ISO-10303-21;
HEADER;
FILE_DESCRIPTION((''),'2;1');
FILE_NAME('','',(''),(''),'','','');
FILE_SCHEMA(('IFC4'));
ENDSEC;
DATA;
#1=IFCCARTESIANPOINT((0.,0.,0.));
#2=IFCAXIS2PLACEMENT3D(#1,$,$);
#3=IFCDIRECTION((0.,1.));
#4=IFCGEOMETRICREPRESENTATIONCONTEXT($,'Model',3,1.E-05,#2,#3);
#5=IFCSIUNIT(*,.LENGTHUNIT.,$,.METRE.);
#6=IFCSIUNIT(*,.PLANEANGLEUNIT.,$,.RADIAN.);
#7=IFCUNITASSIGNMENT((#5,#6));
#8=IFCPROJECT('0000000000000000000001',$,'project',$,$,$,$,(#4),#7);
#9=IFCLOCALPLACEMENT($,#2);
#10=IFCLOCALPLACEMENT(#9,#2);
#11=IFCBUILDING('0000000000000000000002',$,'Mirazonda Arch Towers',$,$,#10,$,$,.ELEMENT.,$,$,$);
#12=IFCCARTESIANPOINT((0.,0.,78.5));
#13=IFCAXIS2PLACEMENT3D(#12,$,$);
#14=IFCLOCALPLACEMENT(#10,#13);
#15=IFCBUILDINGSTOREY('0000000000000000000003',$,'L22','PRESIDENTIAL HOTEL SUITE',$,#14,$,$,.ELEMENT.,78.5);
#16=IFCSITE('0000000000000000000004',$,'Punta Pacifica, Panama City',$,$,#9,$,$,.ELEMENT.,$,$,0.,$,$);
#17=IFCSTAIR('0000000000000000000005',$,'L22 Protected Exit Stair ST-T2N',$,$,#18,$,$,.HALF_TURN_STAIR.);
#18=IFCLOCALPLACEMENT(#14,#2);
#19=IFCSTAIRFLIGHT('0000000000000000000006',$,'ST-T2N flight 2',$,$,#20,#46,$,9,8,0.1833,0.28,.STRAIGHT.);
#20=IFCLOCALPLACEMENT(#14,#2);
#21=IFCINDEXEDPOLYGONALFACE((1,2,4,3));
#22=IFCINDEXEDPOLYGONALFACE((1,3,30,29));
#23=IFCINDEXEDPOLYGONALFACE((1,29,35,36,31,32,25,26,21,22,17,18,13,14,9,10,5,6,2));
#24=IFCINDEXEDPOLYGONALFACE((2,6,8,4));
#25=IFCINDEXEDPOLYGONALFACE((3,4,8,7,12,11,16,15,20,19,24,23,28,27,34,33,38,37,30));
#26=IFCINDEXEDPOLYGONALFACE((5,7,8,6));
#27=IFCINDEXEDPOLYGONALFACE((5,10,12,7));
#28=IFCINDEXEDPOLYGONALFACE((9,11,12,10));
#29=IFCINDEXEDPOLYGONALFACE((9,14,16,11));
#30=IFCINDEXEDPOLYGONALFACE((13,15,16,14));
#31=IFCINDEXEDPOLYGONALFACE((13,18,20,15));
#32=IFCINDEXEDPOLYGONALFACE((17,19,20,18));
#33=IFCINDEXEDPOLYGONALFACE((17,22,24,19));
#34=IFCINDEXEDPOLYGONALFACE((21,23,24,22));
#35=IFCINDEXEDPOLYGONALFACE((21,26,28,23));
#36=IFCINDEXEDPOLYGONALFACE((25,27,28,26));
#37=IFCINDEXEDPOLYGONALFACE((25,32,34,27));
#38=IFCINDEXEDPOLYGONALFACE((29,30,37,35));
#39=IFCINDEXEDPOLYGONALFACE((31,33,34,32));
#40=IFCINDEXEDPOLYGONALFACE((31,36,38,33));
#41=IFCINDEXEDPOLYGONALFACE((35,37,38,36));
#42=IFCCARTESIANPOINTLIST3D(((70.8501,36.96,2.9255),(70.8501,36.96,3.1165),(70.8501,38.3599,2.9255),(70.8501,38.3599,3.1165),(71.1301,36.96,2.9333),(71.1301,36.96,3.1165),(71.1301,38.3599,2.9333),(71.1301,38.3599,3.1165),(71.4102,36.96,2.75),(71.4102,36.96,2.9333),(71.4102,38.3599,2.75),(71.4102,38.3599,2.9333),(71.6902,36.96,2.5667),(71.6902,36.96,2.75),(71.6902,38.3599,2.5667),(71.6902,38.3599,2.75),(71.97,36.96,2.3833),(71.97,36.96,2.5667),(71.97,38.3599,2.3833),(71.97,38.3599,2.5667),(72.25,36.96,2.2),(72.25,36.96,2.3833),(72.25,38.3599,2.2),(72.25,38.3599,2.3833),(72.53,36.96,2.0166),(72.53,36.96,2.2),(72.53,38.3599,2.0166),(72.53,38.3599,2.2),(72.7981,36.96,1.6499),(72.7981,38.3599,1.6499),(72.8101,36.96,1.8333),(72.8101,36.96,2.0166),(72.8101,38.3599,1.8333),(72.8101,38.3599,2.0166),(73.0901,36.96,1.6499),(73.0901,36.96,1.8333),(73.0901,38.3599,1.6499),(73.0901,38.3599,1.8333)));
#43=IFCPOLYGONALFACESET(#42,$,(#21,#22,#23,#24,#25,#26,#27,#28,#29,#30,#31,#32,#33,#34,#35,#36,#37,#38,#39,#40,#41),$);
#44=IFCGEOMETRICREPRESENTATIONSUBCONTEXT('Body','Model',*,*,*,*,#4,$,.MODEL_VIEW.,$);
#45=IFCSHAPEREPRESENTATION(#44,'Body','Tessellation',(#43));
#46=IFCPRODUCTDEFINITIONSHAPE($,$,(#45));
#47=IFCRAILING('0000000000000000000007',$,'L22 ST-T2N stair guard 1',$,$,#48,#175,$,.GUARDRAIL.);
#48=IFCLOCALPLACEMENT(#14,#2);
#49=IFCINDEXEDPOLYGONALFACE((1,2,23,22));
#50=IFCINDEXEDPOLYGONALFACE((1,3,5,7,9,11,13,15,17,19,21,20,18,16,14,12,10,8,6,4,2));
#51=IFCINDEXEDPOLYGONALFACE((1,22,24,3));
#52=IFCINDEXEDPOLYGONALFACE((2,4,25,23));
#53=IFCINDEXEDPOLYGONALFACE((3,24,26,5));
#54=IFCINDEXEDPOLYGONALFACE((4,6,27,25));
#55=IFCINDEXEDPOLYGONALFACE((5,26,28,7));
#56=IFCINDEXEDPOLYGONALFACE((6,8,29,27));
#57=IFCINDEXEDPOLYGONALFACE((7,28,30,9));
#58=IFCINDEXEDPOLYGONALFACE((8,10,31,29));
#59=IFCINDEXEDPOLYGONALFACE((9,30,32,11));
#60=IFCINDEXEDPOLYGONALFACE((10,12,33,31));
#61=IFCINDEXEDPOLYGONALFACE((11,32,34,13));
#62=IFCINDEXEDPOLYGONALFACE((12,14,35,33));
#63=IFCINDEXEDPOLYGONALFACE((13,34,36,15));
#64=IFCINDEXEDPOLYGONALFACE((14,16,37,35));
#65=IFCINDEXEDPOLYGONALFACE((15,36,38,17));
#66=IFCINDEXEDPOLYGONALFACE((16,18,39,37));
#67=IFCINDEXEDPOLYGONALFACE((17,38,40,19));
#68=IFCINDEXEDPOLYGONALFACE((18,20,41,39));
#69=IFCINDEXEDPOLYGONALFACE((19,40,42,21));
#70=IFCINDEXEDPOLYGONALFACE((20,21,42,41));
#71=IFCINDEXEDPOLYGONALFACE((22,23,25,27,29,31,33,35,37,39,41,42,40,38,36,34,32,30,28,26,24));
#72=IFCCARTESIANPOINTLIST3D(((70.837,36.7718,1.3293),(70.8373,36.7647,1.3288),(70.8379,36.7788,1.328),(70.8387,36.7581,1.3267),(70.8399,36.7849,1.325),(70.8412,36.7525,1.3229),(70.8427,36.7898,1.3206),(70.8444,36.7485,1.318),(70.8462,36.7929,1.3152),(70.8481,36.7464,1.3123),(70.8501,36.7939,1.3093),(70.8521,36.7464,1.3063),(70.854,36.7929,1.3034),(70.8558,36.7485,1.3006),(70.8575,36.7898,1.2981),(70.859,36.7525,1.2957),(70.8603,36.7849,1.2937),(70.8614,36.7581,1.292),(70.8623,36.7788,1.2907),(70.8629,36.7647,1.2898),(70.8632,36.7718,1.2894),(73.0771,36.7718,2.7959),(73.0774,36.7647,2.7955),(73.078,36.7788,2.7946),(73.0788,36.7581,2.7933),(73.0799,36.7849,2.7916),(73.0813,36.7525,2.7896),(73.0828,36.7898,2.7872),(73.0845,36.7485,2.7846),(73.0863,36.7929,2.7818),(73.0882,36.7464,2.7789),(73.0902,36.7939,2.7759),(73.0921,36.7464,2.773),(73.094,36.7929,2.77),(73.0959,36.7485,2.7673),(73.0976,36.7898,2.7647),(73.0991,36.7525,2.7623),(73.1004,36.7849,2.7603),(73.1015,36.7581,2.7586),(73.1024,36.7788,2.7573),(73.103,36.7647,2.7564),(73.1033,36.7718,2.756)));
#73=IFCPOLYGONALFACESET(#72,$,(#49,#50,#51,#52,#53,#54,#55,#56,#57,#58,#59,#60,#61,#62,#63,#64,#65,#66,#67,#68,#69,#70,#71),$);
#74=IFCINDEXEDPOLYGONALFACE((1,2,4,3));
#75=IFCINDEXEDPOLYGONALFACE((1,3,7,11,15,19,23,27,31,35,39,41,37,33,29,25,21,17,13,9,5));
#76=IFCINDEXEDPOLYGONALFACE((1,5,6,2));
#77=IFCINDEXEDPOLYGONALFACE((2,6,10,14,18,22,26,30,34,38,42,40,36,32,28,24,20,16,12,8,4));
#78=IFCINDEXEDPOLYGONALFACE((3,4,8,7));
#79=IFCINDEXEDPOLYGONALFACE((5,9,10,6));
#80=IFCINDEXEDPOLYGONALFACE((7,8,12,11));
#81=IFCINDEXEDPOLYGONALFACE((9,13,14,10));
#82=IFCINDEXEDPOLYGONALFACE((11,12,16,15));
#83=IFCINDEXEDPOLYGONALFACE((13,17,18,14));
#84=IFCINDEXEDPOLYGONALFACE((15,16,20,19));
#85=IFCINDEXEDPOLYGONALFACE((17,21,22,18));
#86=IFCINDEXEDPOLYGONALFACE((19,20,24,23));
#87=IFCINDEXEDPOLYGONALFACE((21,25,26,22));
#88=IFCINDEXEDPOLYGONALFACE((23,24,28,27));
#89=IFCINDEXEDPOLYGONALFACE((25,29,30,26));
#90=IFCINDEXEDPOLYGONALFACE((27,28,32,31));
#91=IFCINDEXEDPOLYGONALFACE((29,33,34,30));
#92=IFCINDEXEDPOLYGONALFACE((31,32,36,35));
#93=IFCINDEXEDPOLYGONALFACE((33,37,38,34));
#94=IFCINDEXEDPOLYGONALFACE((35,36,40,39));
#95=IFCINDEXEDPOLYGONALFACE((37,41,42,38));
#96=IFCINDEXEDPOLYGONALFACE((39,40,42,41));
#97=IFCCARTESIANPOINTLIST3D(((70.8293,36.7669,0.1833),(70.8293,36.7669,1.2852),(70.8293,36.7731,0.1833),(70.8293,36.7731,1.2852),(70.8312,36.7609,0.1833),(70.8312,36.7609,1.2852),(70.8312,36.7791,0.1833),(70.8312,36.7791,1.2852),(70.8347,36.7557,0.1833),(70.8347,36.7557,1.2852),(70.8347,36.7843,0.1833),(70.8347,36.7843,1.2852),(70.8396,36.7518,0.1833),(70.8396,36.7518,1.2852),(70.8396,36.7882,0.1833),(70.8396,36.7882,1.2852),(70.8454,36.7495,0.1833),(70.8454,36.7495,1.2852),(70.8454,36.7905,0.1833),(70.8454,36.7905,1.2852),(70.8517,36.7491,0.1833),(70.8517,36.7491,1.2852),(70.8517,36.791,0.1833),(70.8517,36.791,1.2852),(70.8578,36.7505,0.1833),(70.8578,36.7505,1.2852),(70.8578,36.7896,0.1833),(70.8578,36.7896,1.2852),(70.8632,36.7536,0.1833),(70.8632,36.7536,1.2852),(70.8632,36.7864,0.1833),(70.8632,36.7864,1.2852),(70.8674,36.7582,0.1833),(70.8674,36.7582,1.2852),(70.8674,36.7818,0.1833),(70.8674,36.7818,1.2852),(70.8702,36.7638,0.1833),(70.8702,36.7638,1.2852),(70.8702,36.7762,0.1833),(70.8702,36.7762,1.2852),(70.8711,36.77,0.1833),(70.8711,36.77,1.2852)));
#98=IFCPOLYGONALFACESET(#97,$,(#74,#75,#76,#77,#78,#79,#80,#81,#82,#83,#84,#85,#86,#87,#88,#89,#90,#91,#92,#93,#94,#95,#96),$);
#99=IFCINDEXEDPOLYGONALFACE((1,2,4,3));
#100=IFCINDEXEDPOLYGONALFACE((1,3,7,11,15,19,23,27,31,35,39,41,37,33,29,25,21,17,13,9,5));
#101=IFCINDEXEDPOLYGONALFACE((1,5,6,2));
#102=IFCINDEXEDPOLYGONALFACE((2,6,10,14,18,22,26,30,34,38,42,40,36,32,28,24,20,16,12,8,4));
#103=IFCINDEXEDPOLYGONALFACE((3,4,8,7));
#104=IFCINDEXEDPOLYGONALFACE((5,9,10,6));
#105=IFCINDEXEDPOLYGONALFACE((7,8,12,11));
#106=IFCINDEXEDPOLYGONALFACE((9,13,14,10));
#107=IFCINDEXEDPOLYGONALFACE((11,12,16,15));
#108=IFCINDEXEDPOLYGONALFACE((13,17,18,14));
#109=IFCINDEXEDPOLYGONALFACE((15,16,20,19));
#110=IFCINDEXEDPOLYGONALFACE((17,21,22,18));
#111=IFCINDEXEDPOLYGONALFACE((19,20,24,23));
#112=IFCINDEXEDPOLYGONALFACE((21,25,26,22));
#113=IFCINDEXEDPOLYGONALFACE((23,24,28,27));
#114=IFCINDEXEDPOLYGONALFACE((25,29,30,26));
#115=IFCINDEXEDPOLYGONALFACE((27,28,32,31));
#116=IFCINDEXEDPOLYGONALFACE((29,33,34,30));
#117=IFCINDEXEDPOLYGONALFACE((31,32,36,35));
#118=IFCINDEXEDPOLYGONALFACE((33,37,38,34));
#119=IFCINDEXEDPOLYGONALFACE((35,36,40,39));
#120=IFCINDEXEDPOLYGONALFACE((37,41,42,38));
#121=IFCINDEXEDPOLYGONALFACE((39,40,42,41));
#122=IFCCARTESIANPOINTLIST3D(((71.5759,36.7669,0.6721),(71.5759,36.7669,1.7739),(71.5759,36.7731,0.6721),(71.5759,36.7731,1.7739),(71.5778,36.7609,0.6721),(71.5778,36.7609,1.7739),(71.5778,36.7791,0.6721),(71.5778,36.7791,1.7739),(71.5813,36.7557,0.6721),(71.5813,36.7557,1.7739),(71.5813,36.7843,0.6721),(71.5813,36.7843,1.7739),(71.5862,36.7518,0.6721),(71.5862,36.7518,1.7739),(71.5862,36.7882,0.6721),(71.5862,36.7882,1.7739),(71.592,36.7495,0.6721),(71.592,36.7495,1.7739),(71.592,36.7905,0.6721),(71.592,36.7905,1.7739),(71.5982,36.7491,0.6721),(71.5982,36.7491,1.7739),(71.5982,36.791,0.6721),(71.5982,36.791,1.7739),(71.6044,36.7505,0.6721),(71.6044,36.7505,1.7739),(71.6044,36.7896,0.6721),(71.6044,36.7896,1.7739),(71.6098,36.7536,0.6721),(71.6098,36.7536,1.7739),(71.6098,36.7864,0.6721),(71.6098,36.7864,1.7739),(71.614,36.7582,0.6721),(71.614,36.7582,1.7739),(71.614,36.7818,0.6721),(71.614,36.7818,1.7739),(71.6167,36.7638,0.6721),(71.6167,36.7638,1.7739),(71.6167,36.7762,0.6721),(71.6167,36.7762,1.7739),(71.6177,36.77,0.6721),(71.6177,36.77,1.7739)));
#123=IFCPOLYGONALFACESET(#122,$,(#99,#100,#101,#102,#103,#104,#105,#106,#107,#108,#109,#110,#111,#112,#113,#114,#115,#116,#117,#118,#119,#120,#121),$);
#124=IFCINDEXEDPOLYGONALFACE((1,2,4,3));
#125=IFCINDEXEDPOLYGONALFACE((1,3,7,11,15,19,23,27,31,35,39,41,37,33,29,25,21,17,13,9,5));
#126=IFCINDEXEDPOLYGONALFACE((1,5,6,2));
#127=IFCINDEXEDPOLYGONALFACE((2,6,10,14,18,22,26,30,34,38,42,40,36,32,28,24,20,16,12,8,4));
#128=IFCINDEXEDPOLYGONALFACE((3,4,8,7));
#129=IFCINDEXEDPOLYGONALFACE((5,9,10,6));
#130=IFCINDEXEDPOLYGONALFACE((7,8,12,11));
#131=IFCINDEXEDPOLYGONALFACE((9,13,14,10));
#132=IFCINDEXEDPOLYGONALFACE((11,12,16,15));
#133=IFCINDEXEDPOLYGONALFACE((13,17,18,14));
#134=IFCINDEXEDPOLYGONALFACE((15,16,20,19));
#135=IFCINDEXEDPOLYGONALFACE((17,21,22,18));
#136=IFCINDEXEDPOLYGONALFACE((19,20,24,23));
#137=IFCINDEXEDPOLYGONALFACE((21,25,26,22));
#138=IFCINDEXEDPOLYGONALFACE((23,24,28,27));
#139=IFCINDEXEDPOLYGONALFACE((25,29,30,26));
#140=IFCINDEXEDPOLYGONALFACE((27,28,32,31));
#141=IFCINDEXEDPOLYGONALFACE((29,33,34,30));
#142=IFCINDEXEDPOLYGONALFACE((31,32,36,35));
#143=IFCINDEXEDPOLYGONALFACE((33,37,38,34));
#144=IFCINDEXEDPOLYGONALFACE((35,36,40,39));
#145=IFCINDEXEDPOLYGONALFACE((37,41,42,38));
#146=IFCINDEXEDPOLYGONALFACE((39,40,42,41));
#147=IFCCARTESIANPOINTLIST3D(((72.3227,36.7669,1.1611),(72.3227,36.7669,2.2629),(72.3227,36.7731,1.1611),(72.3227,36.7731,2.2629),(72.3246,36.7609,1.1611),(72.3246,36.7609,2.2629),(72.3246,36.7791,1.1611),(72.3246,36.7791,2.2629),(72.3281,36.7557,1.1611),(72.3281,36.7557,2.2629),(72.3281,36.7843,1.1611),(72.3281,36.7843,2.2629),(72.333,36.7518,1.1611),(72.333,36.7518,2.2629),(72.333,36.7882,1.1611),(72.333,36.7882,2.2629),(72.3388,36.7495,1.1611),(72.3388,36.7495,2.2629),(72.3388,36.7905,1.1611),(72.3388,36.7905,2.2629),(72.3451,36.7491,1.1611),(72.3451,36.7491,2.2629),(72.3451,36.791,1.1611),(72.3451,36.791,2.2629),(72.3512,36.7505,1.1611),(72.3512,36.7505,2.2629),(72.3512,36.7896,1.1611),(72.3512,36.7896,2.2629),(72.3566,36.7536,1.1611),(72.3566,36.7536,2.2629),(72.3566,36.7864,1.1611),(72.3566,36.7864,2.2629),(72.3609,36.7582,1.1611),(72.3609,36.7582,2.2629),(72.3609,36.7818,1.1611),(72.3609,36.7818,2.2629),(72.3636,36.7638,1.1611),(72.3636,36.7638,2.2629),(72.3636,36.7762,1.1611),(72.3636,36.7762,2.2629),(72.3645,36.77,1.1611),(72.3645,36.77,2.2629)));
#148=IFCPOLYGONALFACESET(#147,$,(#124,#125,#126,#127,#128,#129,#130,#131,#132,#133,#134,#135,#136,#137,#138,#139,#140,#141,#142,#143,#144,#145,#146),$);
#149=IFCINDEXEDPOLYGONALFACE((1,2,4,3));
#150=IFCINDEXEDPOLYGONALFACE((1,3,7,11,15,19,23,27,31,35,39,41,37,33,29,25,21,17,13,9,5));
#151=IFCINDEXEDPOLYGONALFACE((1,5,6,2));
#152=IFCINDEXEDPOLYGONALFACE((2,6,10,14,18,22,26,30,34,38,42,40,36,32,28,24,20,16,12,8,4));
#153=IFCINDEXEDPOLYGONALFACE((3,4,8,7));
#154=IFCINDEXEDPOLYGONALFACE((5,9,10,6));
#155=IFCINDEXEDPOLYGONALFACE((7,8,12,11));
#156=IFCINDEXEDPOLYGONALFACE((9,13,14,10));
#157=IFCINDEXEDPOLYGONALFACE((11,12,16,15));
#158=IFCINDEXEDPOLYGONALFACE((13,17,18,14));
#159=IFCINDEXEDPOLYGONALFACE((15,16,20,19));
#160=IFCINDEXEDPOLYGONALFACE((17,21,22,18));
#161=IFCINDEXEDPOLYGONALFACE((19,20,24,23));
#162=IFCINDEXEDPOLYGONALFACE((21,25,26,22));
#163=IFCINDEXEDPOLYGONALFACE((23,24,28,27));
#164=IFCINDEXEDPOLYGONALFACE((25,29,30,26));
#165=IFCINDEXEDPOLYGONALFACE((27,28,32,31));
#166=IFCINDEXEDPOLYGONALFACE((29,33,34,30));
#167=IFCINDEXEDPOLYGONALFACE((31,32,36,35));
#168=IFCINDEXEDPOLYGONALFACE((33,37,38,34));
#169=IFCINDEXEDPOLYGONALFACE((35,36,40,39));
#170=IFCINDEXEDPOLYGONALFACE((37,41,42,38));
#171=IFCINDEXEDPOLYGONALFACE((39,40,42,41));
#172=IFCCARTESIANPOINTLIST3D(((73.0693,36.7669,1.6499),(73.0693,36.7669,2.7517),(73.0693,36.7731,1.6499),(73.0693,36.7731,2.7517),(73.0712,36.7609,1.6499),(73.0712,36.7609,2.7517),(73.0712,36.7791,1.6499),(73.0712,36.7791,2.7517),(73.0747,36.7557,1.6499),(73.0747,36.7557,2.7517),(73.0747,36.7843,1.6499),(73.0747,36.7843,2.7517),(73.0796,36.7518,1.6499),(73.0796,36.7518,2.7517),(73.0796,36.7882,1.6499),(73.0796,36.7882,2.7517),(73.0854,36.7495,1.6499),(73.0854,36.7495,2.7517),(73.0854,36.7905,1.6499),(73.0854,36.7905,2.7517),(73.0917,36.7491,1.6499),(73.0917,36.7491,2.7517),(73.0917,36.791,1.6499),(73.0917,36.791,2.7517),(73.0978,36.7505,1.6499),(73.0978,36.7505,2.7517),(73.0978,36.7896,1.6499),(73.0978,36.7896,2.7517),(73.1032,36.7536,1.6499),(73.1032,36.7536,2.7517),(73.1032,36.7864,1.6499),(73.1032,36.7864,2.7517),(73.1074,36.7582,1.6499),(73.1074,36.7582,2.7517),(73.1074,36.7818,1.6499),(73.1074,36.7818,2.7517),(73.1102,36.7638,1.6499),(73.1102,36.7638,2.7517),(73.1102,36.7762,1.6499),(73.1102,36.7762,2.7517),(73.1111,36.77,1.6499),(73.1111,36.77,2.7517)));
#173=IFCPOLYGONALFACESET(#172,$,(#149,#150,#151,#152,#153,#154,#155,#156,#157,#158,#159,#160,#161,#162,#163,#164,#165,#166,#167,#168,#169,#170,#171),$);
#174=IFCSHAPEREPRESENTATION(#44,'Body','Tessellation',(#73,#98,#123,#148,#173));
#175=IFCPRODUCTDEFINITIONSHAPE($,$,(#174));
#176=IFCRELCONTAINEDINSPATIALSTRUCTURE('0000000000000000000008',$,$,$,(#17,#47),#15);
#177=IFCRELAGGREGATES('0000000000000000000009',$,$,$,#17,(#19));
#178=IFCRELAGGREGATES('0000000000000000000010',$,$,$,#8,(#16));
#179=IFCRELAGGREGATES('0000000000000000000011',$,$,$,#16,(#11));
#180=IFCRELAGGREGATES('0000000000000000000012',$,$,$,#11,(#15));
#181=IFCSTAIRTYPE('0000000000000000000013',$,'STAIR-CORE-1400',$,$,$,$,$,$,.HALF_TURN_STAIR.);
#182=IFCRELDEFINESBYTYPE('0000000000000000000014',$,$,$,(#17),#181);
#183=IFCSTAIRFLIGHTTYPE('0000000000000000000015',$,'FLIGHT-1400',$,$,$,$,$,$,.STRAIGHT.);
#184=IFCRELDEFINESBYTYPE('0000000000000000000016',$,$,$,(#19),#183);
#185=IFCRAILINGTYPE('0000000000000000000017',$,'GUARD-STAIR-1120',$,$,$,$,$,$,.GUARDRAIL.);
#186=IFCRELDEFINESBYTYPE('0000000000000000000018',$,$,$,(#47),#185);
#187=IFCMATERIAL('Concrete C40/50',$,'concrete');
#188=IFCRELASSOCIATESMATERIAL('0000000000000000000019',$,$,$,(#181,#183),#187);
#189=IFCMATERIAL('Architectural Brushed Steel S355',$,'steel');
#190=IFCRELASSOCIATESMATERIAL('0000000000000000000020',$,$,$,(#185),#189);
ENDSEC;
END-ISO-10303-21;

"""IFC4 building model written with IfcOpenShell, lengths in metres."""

from ifc_helpers import new_model, si_unit, direction, frame, origin, origin_2d, place, context, subcontext, project, spatial, polyline, circle, outline, extrude, material, type_object, element, aggregate, save


model = new_model("IFC4")

# Units and contexts
model_context = context("Model", 3, precision=1e-05, world=origin(), true_north=direction((0.0, 1.0)))
body_context = subcontext(model_context, "Body", "Model", "MODEL_VIEW")
ifc_project = project(units=[si_unit("LENGTHUNIT", "METRE"), si_unit("PLANEANGLEUNIT", "RADIAN")], contexts=[model_context])

# Site, building, storey
site_placement = place(None, origin())
site = spatial("IfcSite", under=ifc_project, at=site_placement, Name="Punta Pacifica, Panama City", CompositionType="ELEMENT", RefElevation=0.0)
building_placement = place(site_placement, origin())
building = spatial("IfcBuilding", under=site, at=building_placement, Name="Mirazonda Arch Towers", CompositionType="ELEMENT")
storey_placement = place(building_placement, frame((0.0, 0.0, 78.5)))
storey = spatial("IfcBuildingStorey", under=building, at=storey_placement, Name="L22", Description="PRESIDENTIAL HOTEL SUITE", CompositionType="ELEMENT", Elevation=78.5)

# Stair, stair flight
ifc_material_1 = material(Name="Concrete C40/50", Category="concrete")
stair_type = type_object("IfcStairType", Name="STAIR-CORE-1400", PredefinedType="HALF_TURN_STAIR", material=ifc_material_1)
stair_placement = place(storey_placement, origin())
stair = element("IfcStair", 1, at=stair_placement, inside=storey, type_object=stair_type, Name="L22 Protected Exit Stair ST-T2N", PredefinedType="HALF_TURN_STAIR")
stair_flight_type = type_object("IfcStairFlightType", Name="FLIGHT-1400", PredefinedType="STRAIGHT", material=ifc_material_1)
stair_flight_placement = place(storey_placement, frame((73.0901, 37.6599, 1.6499), z_axis=(0.0, 0.0, 1.0), x_axis=(-1.0, 0.0, 0.0)))
stair_flight = element("IfcStairFlight", 2, at=stair_flight_placement, type_object=stair_flight_type, Name="ST-T2N flight 2", NumberOfRisers=9, NumberOfTreads=8, PredefinedType="STRAIGHT", RiserHeight=0.1833, TreadLength=0.28, context=body_context, shape_type="SweptSolid", body=[
    extrude(outline(polyline([(0.0, 0.0), (0.0, 0.1833), (0.28, 0.1833), (0.28, 0.3667), (0.5601, 0.3667), (0.5601, 0.55), (0.8401, 0.55), (0.8401, 0.7334), (1.1201, 0.7334), (1.1201, 0.9167), (1.3999, 0.9167), (1.3999, 1.1001), (1.6799, 1.1001), (1.6799, 1.2834), (1.96, 1.2834), (1.96, 1.4666), (2.24, 1.4666), (2.24, 1.6499), (2.24, 1.2756), (0.292, 0.0), (0.0, 0.0)])), frame((0.0, 0.7, 0.0), z_axis=(0.0, -1.0, 0.0), x_axis=(1.0, 0.0, 0.0)), (0.0, 0.0, 1.0), 1.3999),
])
aggregate(stair, [stair_flight])

# Railing
ifc_material_2 = material(Name="Architectural Brushed Steel S355", Category="steel")
railing_type = type_object("IfcRailingType", Name="GUARD-STAIR-1120", PredefinedType="GUARDRAIL", material=ifc_material_2)
railing_1_placement = place(storey_placement, frame((70.8501, 36.77, 0.1833)))
element("IfcRailing", 3, at=railing_1_placement, inside=storey, type_object=railing_type, Name="L22 ST-T2N stair guard 1", PredefinedType="GUARDRAIL", context=body_context, shape_type="SweptSolid", body=[
    extrude(circle(Radius=0.0239, at=origin_2d()), frame((0.0, 0.0, 1.126), z_axis=(0.836637, 0.0, 0.547758), x_axis=(0.0, 1.0, 0.0)), (0.0, 0.0, 1.0), 2.6775),
    extrude(circle(Radius=0.021, at=origin_2d()), origin(), (0.0, 0.0, 1.0), 1.1018),
    extrude(circle(Radius=0.021, at=origin_2d()), frame((0.7466, 0.0, 0.4888)), (0.0, 0.0, 1.0), 1.1018),
    extrude(circle(Radius=0.021, at=origin_2d()), frame((1.4934, 0.0, 0.9778)), (0.0, 0.0, 1.0), 1.1018),
    extrude(circle(Radius=0.021, at=origin_2d()), frame((2.24, 0.0, 1.4666)), (0.0, 0.0, 1.0), 1.1018),
])

save(model, "model.ifc")
